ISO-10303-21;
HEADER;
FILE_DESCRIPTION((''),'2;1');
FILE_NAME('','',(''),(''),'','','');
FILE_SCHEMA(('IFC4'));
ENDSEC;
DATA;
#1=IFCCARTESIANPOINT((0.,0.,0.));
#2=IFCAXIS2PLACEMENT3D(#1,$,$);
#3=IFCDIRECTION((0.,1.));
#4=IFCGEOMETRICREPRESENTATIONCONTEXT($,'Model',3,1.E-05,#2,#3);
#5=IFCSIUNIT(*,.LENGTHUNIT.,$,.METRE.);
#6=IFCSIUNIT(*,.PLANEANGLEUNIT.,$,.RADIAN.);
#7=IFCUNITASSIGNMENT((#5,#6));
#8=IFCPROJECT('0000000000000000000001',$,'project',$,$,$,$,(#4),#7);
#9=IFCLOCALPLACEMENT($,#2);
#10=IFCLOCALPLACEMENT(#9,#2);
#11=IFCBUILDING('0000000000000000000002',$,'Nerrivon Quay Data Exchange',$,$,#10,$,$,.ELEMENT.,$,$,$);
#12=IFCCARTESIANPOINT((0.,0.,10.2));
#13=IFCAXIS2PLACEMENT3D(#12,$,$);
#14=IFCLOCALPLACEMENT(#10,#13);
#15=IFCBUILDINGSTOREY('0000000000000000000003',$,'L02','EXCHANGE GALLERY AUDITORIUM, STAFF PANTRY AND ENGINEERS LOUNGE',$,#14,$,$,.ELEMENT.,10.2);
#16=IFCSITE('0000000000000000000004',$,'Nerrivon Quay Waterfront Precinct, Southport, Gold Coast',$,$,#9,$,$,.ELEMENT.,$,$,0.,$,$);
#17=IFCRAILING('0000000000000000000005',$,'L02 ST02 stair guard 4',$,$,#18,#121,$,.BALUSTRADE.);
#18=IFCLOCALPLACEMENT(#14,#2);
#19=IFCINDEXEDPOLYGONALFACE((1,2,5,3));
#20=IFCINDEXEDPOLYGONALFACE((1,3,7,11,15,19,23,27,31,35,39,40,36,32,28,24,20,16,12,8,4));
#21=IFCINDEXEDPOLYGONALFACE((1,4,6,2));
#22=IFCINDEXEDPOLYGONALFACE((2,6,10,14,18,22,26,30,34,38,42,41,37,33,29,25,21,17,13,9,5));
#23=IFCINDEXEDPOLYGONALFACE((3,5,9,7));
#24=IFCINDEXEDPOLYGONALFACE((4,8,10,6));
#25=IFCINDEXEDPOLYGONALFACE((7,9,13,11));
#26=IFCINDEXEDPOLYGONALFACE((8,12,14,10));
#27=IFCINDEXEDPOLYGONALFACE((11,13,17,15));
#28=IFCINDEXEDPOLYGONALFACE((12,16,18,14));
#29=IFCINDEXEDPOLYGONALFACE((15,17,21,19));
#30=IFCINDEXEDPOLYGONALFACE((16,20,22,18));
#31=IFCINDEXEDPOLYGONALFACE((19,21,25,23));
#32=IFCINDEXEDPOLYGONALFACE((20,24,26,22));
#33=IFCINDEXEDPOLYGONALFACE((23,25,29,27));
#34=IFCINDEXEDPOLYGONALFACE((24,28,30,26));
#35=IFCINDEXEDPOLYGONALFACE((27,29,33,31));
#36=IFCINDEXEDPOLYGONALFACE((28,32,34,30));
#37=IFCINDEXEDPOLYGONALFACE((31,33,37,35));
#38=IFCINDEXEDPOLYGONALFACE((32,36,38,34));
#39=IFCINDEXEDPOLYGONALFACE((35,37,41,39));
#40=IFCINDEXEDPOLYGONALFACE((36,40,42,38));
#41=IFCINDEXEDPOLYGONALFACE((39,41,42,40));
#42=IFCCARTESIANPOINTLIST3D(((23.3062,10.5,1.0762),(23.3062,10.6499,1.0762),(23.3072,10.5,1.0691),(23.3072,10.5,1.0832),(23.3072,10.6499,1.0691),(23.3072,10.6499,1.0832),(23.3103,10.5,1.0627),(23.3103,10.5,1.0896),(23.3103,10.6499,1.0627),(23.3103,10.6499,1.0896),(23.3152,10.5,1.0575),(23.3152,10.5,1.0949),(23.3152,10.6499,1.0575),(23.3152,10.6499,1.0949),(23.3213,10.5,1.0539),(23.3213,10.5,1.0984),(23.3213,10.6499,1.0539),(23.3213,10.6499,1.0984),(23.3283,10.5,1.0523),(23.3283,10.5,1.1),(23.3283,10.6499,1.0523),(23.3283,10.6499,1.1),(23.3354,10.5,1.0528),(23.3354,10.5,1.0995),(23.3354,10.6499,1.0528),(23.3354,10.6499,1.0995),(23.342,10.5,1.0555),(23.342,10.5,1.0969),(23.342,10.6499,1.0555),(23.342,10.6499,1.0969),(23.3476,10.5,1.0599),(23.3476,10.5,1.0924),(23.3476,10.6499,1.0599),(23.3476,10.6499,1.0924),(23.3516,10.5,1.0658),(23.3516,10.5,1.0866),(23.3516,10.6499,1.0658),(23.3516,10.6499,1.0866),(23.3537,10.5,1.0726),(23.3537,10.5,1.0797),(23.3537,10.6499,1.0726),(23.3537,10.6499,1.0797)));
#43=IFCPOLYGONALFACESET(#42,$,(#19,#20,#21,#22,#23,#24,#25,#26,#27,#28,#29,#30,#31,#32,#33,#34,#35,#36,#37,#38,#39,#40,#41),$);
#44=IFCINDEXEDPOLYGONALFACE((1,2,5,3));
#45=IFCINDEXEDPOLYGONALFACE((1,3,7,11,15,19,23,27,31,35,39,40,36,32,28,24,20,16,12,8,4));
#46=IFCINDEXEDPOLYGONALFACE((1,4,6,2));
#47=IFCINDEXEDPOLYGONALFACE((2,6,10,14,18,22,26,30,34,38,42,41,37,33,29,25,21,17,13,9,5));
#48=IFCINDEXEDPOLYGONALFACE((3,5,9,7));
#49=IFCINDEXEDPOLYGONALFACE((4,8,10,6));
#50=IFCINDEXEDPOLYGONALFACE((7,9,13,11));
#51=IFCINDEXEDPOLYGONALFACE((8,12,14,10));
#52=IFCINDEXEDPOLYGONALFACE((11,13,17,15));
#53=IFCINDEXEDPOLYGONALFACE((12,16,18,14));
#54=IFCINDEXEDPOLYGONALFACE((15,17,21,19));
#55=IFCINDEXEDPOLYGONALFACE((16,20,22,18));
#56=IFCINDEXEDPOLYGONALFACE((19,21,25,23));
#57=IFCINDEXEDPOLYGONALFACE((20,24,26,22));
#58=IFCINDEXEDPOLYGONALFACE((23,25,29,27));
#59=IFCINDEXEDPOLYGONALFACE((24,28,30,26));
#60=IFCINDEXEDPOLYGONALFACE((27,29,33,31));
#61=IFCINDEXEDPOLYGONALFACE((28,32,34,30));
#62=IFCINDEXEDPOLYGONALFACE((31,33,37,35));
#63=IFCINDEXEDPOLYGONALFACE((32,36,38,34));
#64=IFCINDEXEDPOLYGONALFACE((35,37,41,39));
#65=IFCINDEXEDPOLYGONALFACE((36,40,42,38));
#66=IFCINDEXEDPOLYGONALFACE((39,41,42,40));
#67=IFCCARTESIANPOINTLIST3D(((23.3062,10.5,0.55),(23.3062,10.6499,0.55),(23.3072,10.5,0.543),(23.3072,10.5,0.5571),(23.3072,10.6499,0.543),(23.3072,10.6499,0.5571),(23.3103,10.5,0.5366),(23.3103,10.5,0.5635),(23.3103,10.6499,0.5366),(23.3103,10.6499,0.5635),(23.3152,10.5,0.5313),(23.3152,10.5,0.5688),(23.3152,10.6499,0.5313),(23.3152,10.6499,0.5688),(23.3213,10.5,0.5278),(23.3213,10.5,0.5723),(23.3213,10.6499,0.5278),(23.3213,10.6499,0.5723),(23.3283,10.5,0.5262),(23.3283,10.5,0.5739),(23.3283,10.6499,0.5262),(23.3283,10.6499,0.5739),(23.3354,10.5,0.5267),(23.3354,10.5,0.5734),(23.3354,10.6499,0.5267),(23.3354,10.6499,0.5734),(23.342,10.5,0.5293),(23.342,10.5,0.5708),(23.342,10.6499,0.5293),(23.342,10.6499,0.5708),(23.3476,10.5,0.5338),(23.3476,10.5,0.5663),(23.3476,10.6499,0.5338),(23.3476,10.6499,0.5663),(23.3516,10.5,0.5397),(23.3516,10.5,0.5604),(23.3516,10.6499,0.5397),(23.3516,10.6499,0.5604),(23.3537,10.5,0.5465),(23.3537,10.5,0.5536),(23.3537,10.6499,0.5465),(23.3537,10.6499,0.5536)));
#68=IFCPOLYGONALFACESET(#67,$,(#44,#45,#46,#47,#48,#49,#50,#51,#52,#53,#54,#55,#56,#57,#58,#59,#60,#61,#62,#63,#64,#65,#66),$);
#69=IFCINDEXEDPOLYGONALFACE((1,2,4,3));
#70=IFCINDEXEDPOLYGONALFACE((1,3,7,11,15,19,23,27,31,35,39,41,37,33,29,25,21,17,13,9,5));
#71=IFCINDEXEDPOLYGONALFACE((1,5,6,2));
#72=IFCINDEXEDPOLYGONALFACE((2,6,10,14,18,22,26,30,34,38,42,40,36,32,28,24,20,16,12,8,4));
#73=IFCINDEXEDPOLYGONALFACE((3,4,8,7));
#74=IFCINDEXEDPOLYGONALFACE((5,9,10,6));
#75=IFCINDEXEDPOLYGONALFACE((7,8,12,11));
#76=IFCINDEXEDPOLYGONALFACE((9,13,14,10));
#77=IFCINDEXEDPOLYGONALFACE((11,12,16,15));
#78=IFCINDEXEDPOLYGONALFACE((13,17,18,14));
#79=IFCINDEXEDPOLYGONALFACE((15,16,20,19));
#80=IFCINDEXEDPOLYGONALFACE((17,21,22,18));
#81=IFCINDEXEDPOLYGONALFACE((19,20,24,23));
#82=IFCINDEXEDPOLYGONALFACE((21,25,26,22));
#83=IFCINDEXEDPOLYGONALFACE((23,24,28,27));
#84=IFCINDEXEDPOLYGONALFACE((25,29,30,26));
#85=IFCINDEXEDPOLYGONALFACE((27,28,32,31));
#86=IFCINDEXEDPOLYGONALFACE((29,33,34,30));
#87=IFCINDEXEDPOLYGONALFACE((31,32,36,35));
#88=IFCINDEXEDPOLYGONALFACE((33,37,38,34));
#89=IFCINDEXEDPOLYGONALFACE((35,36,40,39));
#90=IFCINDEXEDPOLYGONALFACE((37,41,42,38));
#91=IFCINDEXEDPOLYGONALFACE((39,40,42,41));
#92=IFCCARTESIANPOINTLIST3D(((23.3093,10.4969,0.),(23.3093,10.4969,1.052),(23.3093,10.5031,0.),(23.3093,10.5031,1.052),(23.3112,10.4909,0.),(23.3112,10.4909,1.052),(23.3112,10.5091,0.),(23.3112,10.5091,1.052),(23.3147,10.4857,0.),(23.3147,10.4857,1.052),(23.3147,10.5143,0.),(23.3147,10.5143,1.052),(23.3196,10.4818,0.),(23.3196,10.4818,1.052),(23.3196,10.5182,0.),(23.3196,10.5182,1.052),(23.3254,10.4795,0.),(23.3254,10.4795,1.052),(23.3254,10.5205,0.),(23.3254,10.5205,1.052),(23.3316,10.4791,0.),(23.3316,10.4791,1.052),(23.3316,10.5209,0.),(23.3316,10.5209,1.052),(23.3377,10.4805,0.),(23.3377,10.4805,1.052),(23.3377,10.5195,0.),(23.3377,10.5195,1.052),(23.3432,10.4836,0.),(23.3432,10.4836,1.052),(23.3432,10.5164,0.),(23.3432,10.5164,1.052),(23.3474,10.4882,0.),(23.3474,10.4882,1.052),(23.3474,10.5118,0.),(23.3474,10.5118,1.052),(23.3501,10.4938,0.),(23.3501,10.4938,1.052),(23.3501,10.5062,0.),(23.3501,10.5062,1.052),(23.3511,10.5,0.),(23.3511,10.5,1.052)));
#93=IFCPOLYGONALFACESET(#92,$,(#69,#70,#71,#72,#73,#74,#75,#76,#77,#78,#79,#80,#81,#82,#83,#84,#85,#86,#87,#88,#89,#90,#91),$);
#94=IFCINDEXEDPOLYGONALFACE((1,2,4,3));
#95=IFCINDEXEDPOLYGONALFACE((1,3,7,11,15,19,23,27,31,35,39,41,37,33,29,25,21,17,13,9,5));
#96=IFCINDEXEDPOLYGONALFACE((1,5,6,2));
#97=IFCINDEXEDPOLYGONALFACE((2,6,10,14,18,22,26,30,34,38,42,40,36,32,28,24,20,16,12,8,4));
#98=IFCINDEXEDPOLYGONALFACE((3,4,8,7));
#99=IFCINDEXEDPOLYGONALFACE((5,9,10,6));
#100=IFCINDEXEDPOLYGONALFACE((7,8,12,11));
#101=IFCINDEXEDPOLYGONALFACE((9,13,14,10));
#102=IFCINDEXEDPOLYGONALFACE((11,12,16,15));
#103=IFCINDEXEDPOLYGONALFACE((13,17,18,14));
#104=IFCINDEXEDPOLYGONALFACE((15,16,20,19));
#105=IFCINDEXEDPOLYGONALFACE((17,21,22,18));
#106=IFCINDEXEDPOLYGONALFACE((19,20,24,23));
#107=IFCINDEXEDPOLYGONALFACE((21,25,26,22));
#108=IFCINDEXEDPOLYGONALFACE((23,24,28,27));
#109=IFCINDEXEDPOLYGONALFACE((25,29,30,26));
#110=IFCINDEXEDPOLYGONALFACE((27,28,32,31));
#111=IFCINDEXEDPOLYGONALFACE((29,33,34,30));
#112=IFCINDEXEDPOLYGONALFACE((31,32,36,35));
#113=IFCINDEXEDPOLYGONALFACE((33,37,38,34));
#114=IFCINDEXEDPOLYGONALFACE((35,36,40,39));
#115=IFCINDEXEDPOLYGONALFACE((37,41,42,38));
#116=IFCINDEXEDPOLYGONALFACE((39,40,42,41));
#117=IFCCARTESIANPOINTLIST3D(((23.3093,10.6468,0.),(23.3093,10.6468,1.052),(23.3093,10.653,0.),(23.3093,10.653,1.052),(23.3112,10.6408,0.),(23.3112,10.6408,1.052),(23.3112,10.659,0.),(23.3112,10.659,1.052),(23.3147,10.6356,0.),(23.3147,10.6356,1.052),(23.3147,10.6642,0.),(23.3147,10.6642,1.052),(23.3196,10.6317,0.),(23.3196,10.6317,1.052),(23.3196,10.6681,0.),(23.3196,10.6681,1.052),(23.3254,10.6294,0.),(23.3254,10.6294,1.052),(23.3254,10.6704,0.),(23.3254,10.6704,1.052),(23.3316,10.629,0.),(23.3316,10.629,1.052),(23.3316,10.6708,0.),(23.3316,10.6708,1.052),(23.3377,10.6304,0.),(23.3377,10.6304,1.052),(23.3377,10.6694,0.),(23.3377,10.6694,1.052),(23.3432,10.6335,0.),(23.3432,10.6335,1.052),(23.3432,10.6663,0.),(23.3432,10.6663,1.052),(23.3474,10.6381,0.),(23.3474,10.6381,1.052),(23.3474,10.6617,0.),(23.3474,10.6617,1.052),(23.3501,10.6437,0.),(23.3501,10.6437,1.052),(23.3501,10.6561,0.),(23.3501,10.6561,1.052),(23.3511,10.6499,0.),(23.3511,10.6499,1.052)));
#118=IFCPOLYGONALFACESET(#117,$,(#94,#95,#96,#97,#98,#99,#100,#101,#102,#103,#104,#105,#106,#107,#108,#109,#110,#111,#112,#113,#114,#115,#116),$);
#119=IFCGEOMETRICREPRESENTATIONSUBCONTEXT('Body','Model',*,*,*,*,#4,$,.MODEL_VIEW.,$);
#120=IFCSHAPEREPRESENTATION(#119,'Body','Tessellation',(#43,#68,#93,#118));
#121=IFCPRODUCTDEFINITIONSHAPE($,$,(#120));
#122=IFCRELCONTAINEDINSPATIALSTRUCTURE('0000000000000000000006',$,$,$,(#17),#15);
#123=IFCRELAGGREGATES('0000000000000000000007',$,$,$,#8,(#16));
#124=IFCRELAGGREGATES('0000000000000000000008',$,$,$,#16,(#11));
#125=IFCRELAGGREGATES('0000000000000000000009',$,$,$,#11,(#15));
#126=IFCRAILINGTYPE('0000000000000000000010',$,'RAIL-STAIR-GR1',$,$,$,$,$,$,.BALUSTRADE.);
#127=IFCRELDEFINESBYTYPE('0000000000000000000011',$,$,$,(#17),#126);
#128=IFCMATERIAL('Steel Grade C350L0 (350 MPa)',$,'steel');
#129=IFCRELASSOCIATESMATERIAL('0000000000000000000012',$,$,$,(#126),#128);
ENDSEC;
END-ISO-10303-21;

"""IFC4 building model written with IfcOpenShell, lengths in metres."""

from ifc_helpers import new_model, si_unit, direction, frame, origin, origin_2d, place, context, subcontext, project, spatial, circle, extrude, material, type_object, element, save


model = new_model("IFC4")

# Units and contexts
model_context = context("Model", 3, precision=1e-05, world=origin(), true_north=direction((0.0, 1.0)))
body_context = subcontext(model_context, "Body", "Model", "MODEL_VIEW")
ifc_project = project(units=[si_unit("LENGTHUNIT", "METRE"), si_unit("PLANEANGLEUNIT", "RADIAN")], contexts=[model_context])

# Site, building, storey
site_placement = place(None, origin())
site = spatial("IfcSite", under=ifc_project, at=site_placement, Name="Nerrivon Quay Waterfront Precinct, Southport, Gold Coast", CompositionType="ELEMENT", RefElevation=0.0)
building_placement = place(site_placement, origin())
building = spatial("IfcBuilding", under=site, at=building_placement, Name="Nerrivon Quay Data Exchange", CompositionType="ELEMENT")
storey_placement = place(building_placement, frame((0.0, 0.0, 10.2)))
storey = spatial("IfcBuildingStorey", under=building, at=storey_placement, Name="L02", Description="EXCHANGE GALLERY AUDITORIUM, STAFF PANTRY AND ENGINEERS LOUNGE", CompositionType="ELEMENT", Elevation=10.2)

# Railing
ifc_material_1 = material(Name="Steel Grade C350L0 (350 MPa)", Category="steel")
railing_type = type_object("IfcRailingType", Name="RAIL-STAIR-GR1", PredefinedType="BALUSTRADE", material=ifc_material_1)
railing_placement = place(storey_placement, frame((23.3301, 10.5, 0.0)))
element("IfcRailing", 1, at=railing_placement, inside=storey, type_object=railing_type, Name="L02 ST02 stair guard 4", PredefinedType="BALUSTRADE", context=body_context, shape_type="SweptSolid", body=[
    extrude(circle(Radius=0.0239, at=origin_2d()), frame((0.0, 0.0, 1.0762), z_axis=(0.0, 1.0, 0.0), x_axis=(-1.0, 0.0, 0.0)), (0.0, 0.0, 1.0), 0.1499),
    extrude(circle(Radius=0.0239, at=origin_2d()), frame((0.0, 0.0, 0.55), z_axis=(0.0, 1.0, 0.0), x_axis=(-1.0, 0.0, 0.0)), (0.0, 0.0, 1.0), 0.1499),
    extrude(circle(Radius=0.021, at=origin_2d()), origin(), (0.0, 0.0, 1.0), 1.052),
    extrude(circle(Radius=0.021, at=origin_2d()), frame((0.0, 0.1499, 0.0)), (0.0, 0.0, 1.0), 1.052),
])

save(model, "model.ifc")
